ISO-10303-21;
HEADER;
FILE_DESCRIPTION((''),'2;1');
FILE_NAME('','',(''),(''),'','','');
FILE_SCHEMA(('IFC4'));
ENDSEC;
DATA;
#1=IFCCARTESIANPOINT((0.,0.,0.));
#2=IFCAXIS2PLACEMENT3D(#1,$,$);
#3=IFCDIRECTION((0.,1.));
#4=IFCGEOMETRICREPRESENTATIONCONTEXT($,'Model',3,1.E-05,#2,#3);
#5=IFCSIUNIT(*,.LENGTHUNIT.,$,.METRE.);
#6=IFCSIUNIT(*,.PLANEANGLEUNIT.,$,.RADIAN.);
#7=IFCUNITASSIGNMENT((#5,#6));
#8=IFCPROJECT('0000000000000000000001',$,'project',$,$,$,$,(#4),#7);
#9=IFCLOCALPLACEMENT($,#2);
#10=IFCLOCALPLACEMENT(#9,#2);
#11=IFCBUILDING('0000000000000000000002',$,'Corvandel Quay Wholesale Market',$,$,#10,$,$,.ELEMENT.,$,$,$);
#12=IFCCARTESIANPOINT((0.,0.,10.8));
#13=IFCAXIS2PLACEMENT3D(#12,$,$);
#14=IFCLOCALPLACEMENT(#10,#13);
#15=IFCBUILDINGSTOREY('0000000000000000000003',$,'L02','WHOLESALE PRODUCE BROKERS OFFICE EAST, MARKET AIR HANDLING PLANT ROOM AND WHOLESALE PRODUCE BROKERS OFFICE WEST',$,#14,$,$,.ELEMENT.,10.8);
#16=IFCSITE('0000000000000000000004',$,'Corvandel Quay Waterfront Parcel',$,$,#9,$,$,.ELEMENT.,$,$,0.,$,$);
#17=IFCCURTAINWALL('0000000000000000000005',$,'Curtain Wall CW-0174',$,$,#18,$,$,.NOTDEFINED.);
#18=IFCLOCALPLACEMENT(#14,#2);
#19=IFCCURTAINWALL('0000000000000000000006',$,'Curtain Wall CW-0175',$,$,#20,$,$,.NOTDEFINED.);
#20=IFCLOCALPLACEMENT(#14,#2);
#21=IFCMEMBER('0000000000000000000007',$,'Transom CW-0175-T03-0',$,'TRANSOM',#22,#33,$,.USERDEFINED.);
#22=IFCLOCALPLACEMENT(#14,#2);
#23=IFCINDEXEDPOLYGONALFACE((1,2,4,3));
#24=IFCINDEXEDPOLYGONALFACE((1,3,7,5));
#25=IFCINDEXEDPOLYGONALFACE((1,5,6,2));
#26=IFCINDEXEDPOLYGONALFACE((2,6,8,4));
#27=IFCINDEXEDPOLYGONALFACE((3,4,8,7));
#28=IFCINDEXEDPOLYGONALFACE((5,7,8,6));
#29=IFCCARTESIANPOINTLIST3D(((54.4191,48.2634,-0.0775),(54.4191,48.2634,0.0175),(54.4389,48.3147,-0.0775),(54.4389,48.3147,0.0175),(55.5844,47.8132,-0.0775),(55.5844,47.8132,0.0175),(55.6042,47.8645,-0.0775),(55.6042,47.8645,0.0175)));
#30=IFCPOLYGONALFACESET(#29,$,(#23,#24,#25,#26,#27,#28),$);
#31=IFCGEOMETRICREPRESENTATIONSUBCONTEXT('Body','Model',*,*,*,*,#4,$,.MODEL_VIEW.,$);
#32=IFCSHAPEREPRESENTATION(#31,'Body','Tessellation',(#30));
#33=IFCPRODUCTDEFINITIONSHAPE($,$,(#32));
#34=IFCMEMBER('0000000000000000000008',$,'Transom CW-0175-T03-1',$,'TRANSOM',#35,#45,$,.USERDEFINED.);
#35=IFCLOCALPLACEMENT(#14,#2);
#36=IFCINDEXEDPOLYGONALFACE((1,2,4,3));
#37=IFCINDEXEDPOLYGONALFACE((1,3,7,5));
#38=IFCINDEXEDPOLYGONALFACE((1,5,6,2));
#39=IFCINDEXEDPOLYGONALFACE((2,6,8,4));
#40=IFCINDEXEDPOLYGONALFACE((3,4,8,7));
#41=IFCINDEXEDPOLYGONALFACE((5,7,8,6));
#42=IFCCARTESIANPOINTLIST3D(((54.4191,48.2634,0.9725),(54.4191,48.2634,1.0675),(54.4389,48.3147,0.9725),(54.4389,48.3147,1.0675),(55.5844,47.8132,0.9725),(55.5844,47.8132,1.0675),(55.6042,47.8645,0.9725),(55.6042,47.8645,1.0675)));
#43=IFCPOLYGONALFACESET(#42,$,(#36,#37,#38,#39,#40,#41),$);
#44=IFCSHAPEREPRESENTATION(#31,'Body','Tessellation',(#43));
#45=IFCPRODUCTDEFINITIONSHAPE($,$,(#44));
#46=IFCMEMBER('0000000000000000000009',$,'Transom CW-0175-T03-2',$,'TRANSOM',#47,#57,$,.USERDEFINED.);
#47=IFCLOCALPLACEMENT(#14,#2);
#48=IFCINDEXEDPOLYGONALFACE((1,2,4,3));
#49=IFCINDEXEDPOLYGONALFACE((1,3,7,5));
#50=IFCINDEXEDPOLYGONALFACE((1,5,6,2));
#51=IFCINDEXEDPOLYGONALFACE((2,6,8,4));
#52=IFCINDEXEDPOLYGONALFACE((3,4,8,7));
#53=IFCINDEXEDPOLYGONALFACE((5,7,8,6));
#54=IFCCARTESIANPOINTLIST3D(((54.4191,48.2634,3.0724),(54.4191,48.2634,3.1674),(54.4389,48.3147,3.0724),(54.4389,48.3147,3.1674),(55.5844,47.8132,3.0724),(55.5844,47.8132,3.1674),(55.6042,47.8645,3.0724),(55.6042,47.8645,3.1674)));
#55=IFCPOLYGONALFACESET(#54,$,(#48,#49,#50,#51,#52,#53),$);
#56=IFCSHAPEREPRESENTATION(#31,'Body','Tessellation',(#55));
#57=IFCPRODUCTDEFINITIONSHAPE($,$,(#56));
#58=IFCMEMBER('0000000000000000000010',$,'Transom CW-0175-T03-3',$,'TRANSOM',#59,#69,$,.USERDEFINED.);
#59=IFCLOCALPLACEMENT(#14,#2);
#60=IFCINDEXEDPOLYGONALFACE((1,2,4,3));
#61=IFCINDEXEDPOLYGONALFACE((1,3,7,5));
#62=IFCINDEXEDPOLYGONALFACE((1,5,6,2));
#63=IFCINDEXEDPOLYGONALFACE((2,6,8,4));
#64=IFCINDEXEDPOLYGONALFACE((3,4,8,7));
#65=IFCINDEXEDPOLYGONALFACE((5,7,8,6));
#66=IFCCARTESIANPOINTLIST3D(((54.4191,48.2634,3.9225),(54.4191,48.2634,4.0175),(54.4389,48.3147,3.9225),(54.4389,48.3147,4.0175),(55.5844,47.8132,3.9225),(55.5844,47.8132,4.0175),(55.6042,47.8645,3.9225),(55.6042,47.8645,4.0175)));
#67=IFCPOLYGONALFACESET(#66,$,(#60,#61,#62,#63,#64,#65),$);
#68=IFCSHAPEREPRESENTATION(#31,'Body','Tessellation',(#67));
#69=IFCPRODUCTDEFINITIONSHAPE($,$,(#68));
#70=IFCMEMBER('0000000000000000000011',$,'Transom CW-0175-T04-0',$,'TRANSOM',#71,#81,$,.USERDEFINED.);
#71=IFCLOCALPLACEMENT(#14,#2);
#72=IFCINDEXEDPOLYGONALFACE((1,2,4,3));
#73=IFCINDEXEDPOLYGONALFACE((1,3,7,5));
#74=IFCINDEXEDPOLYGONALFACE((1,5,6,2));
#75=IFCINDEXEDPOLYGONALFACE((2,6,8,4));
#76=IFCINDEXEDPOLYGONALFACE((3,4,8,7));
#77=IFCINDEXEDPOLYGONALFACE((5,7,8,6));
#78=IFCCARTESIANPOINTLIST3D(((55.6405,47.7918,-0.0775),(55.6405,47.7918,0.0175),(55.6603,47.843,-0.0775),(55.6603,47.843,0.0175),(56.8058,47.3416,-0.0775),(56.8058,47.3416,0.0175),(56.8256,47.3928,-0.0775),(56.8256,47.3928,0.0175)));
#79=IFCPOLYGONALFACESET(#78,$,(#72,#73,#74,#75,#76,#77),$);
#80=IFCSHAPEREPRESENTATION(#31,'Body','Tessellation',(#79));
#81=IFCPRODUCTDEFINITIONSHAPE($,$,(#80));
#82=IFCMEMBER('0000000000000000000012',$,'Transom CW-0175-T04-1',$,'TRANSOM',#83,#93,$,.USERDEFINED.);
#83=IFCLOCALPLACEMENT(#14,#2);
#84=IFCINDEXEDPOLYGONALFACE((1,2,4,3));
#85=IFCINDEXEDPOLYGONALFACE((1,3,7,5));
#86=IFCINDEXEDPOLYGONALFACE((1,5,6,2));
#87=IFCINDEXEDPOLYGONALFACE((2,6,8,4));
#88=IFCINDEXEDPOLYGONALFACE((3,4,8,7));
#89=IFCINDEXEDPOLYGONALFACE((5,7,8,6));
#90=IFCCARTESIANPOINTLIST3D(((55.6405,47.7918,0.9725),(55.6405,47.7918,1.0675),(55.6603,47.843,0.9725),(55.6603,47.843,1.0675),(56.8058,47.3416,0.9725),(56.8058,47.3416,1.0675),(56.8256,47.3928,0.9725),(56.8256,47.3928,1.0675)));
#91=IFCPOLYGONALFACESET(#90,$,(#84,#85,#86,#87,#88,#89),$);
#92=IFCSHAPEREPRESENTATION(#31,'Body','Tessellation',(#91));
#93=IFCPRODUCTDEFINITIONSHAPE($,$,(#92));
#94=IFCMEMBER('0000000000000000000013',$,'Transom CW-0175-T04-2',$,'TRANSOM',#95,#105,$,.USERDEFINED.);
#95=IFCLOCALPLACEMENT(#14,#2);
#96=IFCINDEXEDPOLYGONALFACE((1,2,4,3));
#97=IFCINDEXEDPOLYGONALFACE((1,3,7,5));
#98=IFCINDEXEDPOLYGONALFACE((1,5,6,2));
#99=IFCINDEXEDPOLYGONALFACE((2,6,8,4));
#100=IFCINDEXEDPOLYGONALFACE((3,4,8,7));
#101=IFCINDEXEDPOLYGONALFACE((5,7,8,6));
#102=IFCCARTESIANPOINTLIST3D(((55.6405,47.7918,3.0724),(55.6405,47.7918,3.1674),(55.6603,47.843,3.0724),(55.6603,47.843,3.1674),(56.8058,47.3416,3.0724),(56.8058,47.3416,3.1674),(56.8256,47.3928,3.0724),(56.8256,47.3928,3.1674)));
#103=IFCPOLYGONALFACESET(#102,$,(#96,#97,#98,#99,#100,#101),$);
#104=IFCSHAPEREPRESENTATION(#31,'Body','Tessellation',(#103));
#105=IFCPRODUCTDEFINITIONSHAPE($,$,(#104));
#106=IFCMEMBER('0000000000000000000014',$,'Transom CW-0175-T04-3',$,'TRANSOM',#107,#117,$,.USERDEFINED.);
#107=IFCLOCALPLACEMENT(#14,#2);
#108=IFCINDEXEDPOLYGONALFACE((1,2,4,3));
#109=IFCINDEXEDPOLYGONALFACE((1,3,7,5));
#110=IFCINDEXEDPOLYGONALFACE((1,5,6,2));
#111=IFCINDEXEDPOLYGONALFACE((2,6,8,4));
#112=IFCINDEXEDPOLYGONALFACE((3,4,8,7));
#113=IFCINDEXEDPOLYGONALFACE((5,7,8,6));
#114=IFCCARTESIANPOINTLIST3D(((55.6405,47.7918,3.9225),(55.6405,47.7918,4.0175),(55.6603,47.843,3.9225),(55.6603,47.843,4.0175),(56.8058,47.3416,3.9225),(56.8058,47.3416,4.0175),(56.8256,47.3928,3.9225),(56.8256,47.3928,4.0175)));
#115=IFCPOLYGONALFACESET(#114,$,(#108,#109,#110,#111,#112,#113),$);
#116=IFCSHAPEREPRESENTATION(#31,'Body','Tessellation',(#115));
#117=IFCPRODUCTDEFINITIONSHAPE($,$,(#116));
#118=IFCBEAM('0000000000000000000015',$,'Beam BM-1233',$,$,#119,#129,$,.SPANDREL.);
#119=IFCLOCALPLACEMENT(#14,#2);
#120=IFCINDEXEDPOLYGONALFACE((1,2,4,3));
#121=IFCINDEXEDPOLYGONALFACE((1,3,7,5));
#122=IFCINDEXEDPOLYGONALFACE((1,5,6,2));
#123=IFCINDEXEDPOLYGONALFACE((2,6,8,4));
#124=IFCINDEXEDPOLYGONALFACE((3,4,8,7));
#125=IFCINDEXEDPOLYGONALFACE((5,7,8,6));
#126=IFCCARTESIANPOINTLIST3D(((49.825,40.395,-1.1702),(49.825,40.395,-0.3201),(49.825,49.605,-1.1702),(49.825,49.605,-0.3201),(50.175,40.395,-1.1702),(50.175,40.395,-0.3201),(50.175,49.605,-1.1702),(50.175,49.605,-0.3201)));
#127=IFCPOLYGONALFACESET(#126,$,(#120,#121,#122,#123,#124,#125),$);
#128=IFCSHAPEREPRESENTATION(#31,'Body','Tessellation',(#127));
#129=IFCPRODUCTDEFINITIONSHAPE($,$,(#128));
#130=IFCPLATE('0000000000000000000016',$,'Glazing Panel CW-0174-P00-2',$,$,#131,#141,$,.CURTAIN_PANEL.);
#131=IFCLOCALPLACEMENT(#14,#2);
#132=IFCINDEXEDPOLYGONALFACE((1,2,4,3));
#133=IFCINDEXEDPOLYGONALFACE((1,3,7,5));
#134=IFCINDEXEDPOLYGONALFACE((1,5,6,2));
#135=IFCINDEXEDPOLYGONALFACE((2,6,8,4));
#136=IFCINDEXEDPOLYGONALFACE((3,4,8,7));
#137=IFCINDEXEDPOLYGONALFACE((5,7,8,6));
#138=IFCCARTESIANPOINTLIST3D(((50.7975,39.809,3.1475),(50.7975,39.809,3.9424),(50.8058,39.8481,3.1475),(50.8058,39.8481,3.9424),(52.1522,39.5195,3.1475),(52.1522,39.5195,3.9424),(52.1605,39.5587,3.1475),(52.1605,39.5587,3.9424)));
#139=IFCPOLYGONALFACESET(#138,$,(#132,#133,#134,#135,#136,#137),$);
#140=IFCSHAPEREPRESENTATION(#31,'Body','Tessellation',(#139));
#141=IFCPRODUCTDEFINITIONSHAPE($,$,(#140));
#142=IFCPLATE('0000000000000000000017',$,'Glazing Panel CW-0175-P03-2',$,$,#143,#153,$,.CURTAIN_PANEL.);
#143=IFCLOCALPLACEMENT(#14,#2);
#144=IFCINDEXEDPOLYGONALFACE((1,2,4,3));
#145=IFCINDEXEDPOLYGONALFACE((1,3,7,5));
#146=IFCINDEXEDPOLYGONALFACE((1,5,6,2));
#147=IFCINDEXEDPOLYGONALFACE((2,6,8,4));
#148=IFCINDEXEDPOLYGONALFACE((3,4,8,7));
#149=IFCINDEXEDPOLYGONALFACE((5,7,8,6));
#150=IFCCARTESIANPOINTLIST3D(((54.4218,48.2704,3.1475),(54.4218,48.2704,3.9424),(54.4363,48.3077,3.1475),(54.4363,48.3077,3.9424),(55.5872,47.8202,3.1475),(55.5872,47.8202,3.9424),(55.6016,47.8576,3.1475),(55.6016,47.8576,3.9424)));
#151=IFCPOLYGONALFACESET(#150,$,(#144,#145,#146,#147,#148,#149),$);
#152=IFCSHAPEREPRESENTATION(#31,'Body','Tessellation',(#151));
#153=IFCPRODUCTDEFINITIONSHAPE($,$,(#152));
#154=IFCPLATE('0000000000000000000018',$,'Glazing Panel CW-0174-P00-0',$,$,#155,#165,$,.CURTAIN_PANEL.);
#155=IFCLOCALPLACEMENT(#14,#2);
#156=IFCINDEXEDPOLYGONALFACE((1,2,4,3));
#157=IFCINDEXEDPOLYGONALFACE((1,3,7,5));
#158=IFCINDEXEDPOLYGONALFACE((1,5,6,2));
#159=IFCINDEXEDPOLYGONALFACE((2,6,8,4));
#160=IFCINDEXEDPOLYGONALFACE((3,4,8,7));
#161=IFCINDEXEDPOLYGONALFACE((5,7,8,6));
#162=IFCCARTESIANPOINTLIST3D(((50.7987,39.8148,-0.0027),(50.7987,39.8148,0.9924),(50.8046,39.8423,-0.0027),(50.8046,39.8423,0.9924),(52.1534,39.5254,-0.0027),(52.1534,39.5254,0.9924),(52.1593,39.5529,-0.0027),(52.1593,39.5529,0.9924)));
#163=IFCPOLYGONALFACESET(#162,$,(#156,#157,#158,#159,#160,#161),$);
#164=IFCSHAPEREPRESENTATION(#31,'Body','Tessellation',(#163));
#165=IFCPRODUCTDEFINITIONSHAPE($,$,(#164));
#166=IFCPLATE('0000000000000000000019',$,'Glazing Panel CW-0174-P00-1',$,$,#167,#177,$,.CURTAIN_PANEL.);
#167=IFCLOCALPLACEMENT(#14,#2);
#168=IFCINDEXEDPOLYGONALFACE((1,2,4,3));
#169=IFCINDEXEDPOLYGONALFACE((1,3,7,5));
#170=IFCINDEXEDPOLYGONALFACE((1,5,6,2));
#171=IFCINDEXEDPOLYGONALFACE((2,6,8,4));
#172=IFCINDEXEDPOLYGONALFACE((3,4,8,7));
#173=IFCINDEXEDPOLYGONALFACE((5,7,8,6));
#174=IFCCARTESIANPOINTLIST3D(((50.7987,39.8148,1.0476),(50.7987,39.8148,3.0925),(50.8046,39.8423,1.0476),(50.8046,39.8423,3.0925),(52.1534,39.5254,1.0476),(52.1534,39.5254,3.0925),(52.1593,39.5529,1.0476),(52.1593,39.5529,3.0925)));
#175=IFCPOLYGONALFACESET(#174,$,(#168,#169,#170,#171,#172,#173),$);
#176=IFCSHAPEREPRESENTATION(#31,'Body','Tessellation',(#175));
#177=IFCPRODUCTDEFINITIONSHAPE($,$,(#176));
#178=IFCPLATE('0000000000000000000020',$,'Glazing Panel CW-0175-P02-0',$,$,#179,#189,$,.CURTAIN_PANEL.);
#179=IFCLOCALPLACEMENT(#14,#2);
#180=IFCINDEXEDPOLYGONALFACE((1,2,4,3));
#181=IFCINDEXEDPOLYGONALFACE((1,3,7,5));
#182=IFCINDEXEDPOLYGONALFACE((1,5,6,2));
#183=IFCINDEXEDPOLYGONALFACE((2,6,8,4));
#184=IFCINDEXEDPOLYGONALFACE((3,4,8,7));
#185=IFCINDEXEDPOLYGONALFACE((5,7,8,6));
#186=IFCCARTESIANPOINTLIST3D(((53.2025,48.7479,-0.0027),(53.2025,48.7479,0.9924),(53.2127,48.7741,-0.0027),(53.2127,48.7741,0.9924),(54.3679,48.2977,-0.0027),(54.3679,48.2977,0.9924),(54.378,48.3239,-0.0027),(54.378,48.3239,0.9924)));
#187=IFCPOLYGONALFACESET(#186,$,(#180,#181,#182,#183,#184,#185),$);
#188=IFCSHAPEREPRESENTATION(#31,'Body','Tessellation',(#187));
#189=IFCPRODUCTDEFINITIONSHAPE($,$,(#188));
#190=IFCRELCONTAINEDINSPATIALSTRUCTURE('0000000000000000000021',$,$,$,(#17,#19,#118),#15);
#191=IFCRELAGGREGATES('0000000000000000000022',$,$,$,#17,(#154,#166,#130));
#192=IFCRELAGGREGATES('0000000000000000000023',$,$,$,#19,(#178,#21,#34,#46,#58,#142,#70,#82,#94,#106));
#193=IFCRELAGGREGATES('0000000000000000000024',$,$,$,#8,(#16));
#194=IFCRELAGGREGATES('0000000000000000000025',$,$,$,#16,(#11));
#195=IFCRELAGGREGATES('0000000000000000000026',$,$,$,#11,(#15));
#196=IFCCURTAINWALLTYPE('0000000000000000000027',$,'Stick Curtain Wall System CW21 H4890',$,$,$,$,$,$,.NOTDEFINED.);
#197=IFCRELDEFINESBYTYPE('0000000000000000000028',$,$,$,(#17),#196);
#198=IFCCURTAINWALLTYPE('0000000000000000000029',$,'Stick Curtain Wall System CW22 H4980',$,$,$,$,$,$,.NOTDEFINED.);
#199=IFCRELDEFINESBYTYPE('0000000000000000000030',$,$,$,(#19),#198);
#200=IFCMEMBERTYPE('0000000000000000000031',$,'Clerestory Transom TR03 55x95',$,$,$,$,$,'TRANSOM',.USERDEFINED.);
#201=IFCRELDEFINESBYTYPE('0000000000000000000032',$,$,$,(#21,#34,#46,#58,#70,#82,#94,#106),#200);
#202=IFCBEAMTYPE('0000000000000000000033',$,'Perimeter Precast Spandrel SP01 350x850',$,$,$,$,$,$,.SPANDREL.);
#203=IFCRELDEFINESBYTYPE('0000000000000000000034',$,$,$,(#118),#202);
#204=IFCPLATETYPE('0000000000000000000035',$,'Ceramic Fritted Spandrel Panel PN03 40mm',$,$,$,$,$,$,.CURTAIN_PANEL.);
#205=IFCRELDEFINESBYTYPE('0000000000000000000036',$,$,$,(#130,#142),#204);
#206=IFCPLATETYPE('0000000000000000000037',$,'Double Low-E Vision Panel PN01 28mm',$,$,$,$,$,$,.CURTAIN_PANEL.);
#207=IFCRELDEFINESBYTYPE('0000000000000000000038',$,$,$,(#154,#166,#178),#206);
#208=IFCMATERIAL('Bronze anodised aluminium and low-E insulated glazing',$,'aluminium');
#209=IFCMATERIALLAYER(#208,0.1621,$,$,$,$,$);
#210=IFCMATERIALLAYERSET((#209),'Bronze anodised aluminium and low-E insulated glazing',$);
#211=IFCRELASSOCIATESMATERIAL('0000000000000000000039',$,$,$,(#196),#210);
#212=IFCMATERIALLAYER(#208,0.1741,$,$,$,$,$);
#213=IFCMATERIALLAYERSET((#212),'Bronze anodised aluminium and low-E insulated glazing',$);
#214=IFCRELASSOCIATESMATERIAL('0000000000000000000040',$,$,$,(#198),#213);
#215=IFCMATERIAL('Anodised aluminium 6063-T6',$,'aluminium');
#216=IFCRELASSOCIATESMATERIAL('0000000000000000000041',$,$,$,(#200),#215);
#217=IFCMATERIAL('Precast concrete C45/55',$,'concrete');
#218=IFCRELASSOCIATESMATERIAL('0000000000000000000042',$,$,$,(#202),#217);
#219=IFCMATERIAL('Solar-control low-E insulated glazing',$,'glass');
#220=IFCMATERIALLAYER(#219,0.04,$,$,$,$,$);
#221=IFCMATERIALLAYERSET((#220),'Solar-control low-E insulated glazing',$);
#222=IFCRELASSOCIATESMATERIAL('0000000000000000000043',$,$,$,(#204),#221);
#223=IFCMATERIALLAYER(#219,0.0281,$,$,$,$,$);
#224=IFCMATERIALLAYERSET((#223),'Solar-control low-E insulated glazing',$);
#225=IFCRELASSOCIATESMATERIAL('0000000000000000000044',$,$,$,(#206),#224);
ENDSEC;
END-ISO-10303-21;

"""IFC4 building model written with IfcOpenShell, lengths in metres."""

from ifc_helpers import new_model, si_unit, direction, frame, origin, origin_2d, place, context, subcontext, project, spatial, rectangle, extrude, material, layer, layer_set, material_profile, profile_set, type_object, element, aggregate, save


model = new_model("IFC4")

# Units and contexts
model_context = context("Model", 3, precision=1e-05, world=origin(), true_north=direction((0.0, 1.0)))
body_context = subcontext(model_context, "Body", "Model", "MODEL_VIEW")
ifc_project = project(units=[si_unit("LENGTHUNIT", "METRE"), si_unit("PLANEANGLEUNIT", "RADIAN")], contexts=[model_context])

# Site, building, storey
site_placement = place(None, origin())
site = spatial("IfcSite", under=ifc_project, at=site_placement, Name="Corvandel Quay Waterfront Parcel", CompositionType="ELEMENT", RefElevation=0.0)
building_placement = place(site_placement, origin())
building = spatial("IfcBuilding", under=site, at=building_placement, Name="Corvandel Quay Wholesale Market", CompositionType="ELEMENT")
storey_placement = place(building_placement, frame((0.0, 0.0, 10.8)))
storey = spatial("IfcBuildingStorey", under=building, at=storey_placement, Name="L02", Description="WHOLESALE PRODUCE BROKERS OFFICE EAST, MARKET AIR HANDLING PLANT ROOM AND WHOLESALE PRODUCE BROKERS OFFICE WEST", CompositionType="ELEMENT", Elevation=10.8)

# Shared definitions
ifc_material_1 = material(Name="Precast concrete C45/55", Category="concrete")

# Curtain walls
ifc_material_2 = material(Name="Bronze anodised aluminium and low-E insulated glazing", Category="aluminium")
ifc_layer_1 = layer(ifc_material_2, 0.1621)
ifc_layer_set_1 = layer_set([ifc_layer_1], Name="Bronze anodised aluminium and low-E insulated glazing")
curtain_wall_type_1 = type_object("IfcCurtainWallType", Name="Stick Curtain Wall System CW21 H4890", PredefinedType="NOTDEFINED", material=ifc_layer_set_1)
curtain_wall_1_placement = place(storey_placement, origin())
curtain_wall_1 = element("IfcCurtainWall", 1, at=curtain_wall_1_placement, inside=storey, type_object=curtain_wall_type_1, Name="Curtain Wall CW-0174", PredefinedType="NOTDEFINED")
ifc_material_3 = material(Name="Anodised aluminium 6063-T6", Category="aluminium")
ifc_layer_2 = layer(ifc_material_2, 0.1741)
ifc_layer_set_2 = layer_set([ifc_layer_2], Name="Bronze anodised aluminium and low-E insulated glazing")
curtain_wall_type_2 = type_object("IfcCurtainWallType", Name="Stick Curtain Wall System CW22 H4980", PredefinedType="NOTDEFINED", material=ifc_layer_set_2)
curtain_wall_2_placement = place(storey_placement, origin())
curtain_wall_2 = element("IfcCurtainWall", 2, at=curtain_wall_2_placement, inside=storey, type_object=curtain_wall_type_2, Name="Curtain Wall CW-0175", PredefinedType="NOTDEFINED")

# Members
ifc_material_profile_1 = material_profile(ifc_material_3, rectangle(XDim=0.0549, YDim=0.095, at=origin_2d()), Name="ALU-TRN-55x95")
ifc_profile_set_1 = profile_set([ifc_material_profile_1], Name="Anodised aluminium 6063-T6")
member_type_1 = type_object("IfcMemberType", Name="Clerestory Transom TR03 55x95", ElementType="TRANSOM", PredefinedType="USERDEFINED", material=ifc_profile_set_1)
member_1_placement = place(storey_placement, frame((54.429, 48.2891, -0.03), z_axis=(0.932806, -0.36038, 0.0), x_axis=(0.36038, 0.932806, 0.0)))
member_1 = element("IfcMember", 3, at=member_1_placement, type_object=member_type_1, Name="Transom CW-0175-T03-0", ObjectType="TRANSOM", PredefinedType="USERDEFINED", context=body_context, shape_type="SweptSolid", body=[
    extrude(rectangle(XDim=0.0549, YDim=0.095, at=origin_2d()), origin(), (0.0, 0.0, 1.0), 1.2493),
])
member_2_placement = place(storey_placement, frame((54.429, 48.2891, 1.02), z_axis=(0.932806, -0.36038, 0.0), x_axis=(0.36038, 0.932806, 0.0)))
member_2 = element("IfcMember", 4, at=member_2_placement, type_object=member_type_1, Name="Transom CW-0175-T03-1", ObjectType="TRANSOM", PredefinedType="USERDEFINED", context=body_context, shape_type="SweptSolid", body=[
    extrude(rectangle(XDim=0.0549, YDim=0.095, at=origin_2d()), origin(), (0.0, 0.0, 1.0), 1.2493),
])
member_3_placement = place(storey_placement, frame((54.429, 48.2891, 3.1199), z_axis=(0.932806, -0.36038, 0.0), x_axis=(0.36038, 0.932806, 0.0)))
member_3 = element("IfcMember", 5, at=member_3_placement, type_object=member_type_1, Name="Transom CW-0175-T03-2", ObjectType="TRANSOM", PredefinedType="USERDEFINED", context=body_context, shape_type="SweptSolid", body=[
    extrude(rectangle(XDim=0.0549, YDim=0.095, at=origin_2d()), origin(), (0.0, 0.0, 1.0), 1.2493),
])
member_4_placement = place(storey_placement, frame((54.429, 48.2891, 3.97), z_axis=(0.932806, -0.36038, 0.0), x_axis=(0.36038, 0.932806, 0.0)))
member_4 = element("IfcMember", 6, at=member_4_placement, type_object=member_type_1, Name="Transom CW-0175-T03-3", ObjectType="TRANSOM", PredefinedType="USERDEFINED", context=body_context, shape_type="SweptSolid", body=[
    extrude(rectangle(XDim=0.0549, YDim=0.095, at=origin_2d()), origin(), (0.0, 0.0, 1.0), 1.2493),
])
member_5_placement = place(storey_placement, frame((55.6504, 47.8174, -0.03), z_axis=(0.932806, -0.36038, 0.0), x_axis=(0.36038, 0.932806, 0.0)))
member_5 = element("IfcMember", 7, at=member_5_placement, type_object=member_type_1, Name="Transom CW-0175-T04-0", ObjectType="TRANSOM", PredefinedType="USERDEFINED", context=body_context, shape_type="SweptSolid", body=[
    extrude(rectangle(XDim=0.0549, YDim=0.095, at=origin_2d()), origin(), (0.0, 0.0, 1.0), 1.2493),
])
member_6_placement = place(storey_placement, frame((55.6504, 47.8174, 1.02), z_axis=(0.932806, -0.36038, 0.0), x_axis=(0.36038, 0.932806, 0.0)))
member_6 = element("IfcMember", 8, at=member_6_placement, type_object=member_type_1, Name="Transom CW-0175-T04-1", ObjectType="TRANSOM", PredefinedType="USERDEFINED", context=body_context, shape_type="SweptSolid", body=[
    extrude(rectangle(XDim=0.0549, YDim=0.095, at=origin_2d()), origin(), (0.0, 0.0, 1.0), 1.2493),
])
member_7_placement = place(storey_placement, frame((55.6504, 47.8174, 3.1199), z_axis=(0.932806, -0.36038, 0.0), x_axis=(0.36038, 0.932806, 0.0)))
member_7 = element("IfcMember", 9, at=member_7_placement, type_object=member_type_1, Name="Transom CW-0175-T04-2", ObjectType="TRANSOM", PredefinedType="USERDEFINED", context=body_context, shape_type="SweptSolid", body=[
    extrude(rectangle(XDim=0.0549, YDim=0.095, at=origin_2d()), origin(), (0.0, 0.0, 1.0), 1.2493),
])
member_8_placement = place(storey_placement, frame((55.6504, 47.8174, 3.97), z_axis=(0.932806, -0.36038, 0.0), x_axis=(0.36038, 0.932806, 0.0)))
member_8 = element("IfcMember", 10, at=member_8_placement, type_object=member_type_1, Name="Transom CW-0175-T04-3", ObjectType="TRANSOM", PredefinedType="USERDEFINED", context=body_context, shape_type="SweptSolid", body=[
    extrude(rectangle(XDim=0.0549, YDim=0.095, at=origin_2d()), origin(), (0.0, 0.0, 1.0), 1.2493),
])

# Beam
ifc_material_profile_2 = material_profile(ifc_material_1, rectangle(XDim=0.3501, YDim=0.8501, at=origin_2d()), Name="PC-SPN-350x850")
ifc_profile_set_2 = profile_set([ifc_material_profile_2], Name="Precast concrete C45/55")
beam_type_1 = type_object("IfcBeamType", Name="Perimeter Precast Spandrel SP01 350x850", PredefinedType="SPANDREL", material=ifc_profile_set_2)
beam_1_placement = place(storey_placement, frame((50.0, 40.395, -0.7451), z_axis=(0.0, 1.0, 0.0), x_axis=(-1.0, 0.0, 0.0)))
element("IfcBeam", 11, at=beam_1_placement, inside=storey, type_object=beam_type_1, Name="Beam BM-1233", PredefinedType="SPANDREL", context=body_context, shape_type="SweptSolid", body=[
    extrude(rectangle(XDim=0.3501, YDim=0.8501, at=origin_2d()), origin(), (0.0, 0.0, 1.0), 9.21),
])

# Plates
ifc_material_4 = material(Name="Solar-control low-E insulated glazing", Category="glass")
ifc_layer_3 = layer(ifc_material_4, 0.04)
ifc_layer_set_3 = layer_set([ifc_layer_3], Name="Solar-control low-E insulated glazing")
plate_type_1 = type_object("IfcPlateType", Name="Ceramic Fritted Spandrel Panel PN03 40mm", PredefinedType="CURTAIN_PANEL", material=ifc_layer_set_3)
plate_1_placement = place(storey_placement, frame((51.479, 39.6838, 3.1475), z_axis=(0.0, 0.0, 1.0), x_axis=(-0.977929, 0.208936, 0.0)))
plate_1 = element("IfcPlate", 12, at=plate_1_placement, type_object=plate_type_1, Name="Glazing Panel CW-0174-P00-2", PredefinedType="CURTAIN_PANEL", context=body_context, shape_type="SweptSolid", body=[
    extrude(rectangle(XDim=1.3853, YDim=0.04, at=origin_2d()), origin(), (0.0, 0.0, 1.0), 0.7949),
])
plate_2_placement = place(storey_placement, frame((55.0117, 48.064, 3.1475), z_axis=(0.0, 0.0, 1.0), x_axis=(-0.932828, 0.360322, 0.0)))
plate_2 = element("IfcPlate", 13, at=plate_2_placement, type_object=plate_type_1, Name="Glazing Panel CW-0175-P03-2", PredefinedType="CURTAIN_PANEL", context=body_context, shape_type="SweptSolid", body=[
    extrude(rectangle(XDim=1.2493, YDim=0.04, at=origin_2d()), origin(), (0.0, 0.0, 1.0), 0.7949),
])
ifc_layer_4 = layer(ifc_material_4, 0.0281)
ifc_layer_set_4 = layer_set([ifc_layer_4], Name="Solar-control low-E insulated glazing")
plate_type_2 = type_object("IfcPlateType", Name="Double Low-E Vision Panel PN01 28mm", PredefinedType="CURTAIN_PANEL", material=ifc_layer_set_4)
plate_3_placement = place(storey_placement, frame((51.479, 39.6838, -0.0027), z_axis=(0.0, 0.0, 1.0), x_axis=(-0.977929, 0.208936, 0.0)))
plate_3 = element("IfcPlate", 14, at=plate_3_placement, type_object=plate_type_2, Name="Glazing Panel CW-0174-P00-0", PredefinedType="CURTAIN_PANEL", context=body_context, shape_type="SweptSolid", body=[
    extrude(rectangle(XDim=1.3853, YDim=0.0281, at=origin_2d()), origin(), (0.0, 0.0, 1.0), 0.9951),
])
plate_4_placement = place(storey_placement, frame((51.479, 39.6838, 1.0476), z_axis=(0.0, 0.0, 1.0), x_axis=(-0.977929, 0.208936, 0.0)))
plate_4 = element("IfcPlate", 15, at=plate_4_placement, type_object=plate_type_2, Name="Glazing Panel CW-0174-P00-1", PredefinedType="CURTAIN_PANEL", context=body_context, shape_type="SweptSolid", body=[
    extrude(rectangle(XDim=1.3853, YDim=0.0281, at=origin_2d()), origin(), (0.0, 0.0, 1.0), 2.0449),
])
aggregate(curtain_wall_1, [plate_3, plate_4, plate_1])
plate_5_placement = place(storey_placement, frame((53.7903, 48.5359, -0.0027), z_axis=(0.0, 0.0, 1.0), x_axis=(-0.932828, 0.360322, 0.0)))
plate_5 = element("IfcPlate", 16, at=plate_5_placement, type_object=plate_type_2, Name="Glazing Panel CW-0175-P02-0", PredefinedType="CURTAIN_PANEL", context=body_context, shape_type="SweptSolid", body=[
    extrude(rectangle(XDim=1.2493, YDim=0.0281, at=origin_2d()), origin(), (0.0, 0.0, 1.0), 0.9951),
])
aggregate(curtain_wall_2, [plate_5, member_1, member_2, member_3, member_4, plate_2, member_5, member_6, member_7, member_8])

save(model, "model.ifc")
